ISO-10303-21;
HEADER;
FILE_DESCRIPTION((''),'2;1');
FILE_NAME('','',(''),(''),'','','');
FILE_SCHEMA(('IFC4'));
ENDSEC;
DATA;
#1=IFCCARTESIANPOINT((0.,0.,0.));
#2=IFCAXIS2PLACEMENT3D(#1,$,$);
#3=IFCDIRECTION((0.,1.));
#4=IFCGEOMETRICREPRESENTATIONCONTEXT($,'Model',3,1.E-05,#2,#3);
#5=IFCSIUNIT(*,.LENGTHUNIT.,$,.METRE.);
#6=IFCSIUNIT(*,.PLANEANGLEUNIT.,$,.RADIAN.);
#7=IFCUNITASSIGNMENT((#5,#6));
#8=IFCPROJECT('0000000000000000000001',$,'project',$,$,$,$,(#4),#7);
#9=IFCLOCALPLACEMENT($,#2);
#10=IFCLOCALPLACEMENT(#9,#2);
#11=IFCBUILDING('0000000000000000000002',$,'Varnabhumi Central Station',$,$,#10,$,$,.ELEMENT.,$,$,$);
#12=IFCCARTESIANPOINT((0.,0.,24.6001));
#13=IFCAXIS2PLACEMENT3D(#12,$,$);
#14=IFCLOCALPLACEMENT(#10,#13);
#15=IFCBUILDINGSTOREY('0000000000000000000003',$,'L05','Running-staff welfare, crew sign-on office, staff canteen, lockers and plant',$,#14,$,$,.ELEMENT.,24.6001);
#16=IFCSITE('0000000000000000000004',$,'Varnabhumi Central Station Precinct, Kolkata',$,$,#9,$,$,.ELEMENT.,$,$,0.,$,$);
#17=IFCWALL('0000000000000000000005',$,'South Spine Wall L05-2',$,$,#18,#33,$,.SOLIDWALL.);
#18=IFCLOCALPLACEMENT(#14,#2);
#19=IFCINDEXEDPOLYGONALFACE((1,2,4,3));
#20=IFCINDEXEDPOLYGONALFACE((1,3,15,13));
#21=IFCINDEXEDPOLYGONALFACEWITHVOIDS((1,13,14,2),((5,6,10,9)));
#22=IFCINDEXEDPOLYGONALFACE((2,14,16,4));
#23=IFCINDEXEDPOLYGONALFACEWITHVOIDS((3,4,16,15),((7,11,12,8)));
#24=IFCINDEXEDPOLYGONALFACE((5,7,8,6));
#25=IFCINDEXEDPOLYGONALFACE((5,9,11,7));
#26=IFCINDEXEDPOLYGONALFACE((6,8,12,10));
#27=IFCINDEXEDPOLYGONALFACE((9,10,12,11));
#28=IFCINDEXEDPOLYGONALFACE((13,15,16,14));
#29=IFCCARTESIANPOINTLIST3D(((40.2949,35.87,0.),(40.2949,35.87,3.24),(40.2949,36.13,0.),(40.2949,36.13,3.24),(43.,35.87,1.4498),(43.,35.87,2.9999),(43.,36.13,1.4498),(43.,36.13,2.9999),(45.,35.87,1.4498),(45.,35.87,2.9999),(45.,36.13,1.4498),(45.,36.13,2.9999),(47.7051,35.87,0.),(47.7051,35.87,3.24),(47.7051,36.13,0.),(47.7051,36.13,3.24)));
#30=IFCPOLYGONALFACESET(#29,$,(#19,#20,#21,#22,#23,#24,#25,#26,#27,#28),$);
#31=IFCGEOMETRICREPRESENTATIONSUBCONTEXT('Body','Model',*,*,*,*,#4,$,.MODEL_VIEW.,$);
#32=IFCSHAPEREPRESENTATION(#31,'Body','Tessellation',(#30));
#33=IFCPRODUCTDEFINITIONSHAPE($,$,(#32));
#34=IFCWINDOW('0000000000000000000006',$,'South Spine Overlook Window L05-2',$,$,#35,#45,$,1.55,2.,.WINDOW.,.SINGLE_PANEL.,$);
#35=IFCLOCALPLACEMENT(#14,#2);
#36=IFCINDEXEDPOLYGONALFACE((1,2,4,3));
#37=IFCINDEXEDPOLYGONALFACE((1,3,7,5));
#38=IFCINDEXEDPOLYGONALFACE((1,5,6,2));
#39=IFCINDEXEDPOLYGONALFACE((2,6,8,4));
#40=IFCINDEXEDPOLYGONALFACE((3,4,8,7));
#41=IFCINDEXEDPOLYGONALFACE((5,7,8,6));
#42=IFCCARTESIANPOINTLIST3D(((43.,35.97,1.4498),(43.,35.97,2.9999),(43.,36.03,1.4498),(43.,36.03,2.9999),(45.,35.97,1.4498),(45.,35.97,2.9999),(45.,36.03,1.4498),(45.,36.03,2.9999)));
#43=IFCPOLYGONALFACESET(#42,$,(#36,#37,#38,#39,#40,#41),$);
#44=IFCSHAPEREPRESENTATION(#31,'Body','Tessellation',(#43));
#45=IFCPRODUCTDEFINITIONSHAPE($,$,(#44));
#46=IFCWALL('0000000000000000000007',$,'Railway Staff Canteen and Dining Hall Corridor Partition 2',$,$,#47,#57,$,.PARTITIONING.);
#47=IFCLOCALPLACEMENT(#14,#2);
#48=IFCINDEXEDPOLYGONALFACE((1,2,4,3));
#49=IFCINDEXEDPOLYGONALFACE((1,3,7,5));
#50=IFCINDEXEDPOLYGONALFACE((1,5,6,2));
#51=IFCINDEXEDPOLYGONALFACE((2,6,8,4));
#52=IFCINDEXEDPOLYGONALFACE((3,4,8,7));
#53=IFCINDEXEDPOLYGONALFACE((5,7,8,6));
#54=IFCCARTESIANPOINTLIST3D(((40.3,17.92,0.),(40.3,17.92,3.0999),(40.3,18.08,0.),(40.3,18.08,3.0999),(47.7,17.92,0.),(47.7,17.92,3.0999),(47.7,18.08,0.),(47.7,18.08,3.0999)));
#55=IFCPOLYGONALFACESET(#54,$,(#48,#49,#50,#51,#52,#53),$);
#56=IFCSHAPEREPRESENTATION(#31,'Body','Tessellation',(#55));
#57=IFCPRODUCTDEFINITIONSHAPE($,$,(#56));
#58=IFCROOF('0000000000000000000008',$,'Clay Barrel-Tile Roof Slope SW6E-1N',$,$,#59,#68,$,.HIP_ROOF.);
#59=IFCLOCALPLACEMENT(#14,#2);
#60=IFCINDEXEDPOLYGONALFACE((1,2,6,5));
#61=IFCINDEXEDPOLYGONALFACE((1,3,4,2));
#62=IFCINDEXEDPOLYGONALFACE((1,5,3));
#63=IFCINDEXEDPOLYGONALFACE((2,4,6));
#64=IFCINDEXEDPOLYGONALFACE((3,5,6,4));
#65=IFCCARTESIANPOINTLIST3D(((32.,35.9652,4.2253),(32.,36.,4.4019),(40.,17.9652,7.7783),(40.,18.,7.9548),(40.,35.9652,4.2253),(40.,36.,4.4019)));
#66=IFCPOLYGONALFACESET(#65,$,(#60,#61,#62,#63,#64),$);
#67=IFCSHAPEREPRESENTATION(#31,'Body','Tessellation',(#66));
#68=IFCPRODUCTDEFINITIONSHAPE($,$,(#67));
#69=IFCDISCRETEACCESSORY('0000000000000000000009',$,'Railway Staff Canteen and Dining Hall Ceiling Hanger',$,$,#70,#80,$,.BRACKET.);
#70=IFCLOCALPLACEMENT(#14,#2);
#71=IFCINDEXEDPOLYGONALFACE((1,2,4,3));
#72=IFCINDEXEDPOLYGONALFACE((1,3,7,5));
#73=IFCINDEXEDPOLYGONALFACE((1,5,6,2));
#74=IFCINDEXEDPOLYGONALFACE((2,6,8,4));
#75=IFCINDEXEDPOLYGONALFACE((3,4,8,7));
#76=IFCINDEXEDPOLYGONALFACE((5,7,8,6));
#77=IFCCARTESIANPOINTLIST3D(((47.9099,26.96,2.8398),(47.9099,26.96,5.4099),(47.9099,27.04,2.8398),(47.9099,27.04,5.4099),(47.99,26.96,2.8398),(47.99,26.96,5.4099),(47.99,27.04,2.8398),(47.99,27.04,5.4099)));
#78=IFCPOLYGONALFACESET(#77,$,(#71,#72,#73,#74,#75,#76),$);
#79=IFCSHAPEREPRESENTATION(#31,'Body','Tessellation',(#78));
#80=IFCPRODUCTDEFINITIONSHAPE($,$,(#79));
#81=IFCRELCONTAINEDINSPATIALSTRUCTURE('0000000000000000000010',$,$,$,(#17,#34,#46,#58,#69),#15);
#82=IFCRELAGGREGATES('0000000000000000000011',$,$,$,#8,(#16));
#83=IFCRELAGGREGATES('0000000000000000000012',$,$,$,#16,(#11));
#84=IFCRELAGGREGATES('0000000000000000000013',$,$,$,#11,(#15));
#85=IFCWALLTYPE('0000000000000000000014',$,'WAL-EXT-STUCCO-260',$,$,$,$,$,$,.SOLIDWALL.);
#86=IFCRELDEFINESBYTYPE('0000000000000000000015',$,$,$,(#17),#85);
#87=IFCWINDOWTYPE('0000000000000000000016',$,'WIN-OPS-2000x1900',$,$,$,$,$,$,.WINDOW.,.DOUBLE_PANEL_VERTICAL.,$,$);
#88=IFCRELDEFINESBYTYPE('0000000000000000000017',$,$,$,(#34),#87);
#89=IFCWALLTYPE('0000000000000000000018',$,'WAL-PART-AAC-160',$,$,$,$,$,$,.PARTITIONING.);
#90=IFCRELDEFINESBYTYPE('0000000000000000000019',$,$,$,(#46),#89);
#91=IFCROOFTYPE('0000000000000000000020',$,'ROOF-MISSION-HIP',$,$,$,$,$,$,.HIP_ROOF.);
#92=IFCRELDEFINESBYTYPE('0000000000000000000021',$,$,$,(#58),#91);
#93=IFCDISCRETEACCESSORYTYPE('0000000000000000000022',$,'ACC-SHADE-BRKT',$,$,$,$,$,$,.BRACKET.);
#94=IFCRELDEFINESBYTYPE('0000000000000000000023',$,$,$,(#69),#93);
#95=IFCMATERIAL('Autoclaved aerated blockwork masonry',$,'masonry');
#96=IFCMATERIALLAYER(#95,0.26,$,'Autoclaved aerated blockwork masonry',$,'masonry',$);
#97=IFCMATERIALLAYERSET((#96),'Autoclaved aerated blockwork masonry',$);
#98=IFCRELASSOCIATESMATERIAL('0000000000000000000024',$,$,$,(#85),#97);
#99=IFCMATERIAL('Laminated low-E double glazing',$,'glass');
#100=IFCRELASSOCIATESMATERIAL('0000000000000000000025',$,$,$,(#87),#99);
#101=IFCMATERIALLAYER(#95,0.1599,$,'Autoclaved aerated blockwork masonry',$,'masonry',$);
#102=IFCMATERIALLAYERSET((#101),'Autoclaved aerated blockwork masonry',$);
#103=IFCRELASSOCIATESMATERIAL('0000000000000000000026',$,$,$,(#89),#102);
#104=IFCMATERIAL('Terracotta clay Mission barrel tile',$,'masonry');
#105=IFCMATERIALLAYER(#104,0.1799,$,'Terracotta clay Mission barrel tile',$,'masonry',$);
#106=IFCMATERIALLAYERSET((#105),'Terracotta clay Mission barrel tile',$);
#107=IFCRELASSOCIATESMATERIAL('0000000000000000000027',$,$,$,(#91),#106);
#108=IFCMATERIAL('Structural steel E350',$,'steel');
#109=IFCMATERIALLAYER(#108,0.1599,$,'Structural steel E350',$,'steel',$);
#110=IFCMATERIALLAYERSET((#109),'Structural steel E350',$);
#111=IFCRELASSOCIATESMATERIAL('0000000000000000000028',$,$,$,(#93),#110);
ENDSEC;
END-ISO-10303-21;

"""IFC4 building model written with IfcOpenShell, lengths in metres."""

from ifc_helpers import new_model, si_unit, direction, frame, frame_2d, origin, origin_2d, place, context, subcontext, project, spatial, polyline, rectangle, outline, extrude, material, layer, layer_set, type_object, element, fill, save


model = new_model("IFC4")

# Units and contexts
model_context = context("Model", 3, precision=1e-05, world=origin(), true_north=direction((0.0, 1.0)))
body_context = subcontext(model_context, "Body", "Model", "MODEL_VIEW")
ifc_project = project(units=[si_unit("LENGTHUNIT", "METRE"), si_unit("PLANEANGLEUNIT", "RADIAN")], contexts=[model_context])

# Site, building, storey
site_placement = place(None, origin())
site = spatial("IfcSite", under=ifc_project, at=site_placement, Name="Varnabhumi Central Station Precinct, Kolkata", CompositionType="ELEMENT", RefElevation=0.0)
building_placement = place(site_placement, origin())
building = spatial("IfcBuilding", under=site, at=building_placement, Name="Varnabhumi Central Station", CompositionType="ELEMENT")
storey_placement = place(building_placement, frame((0.0, 0.0, 24.6001)))
storey = spatial("IfcBuildingStorey", under=building, at=storey_placement, Name="L05", Description="Running-staff welfare, crew sign-on office, staff canteen, lockers and plant", CompositionType="ELEMENT", Elevation=24.6001)

# Shared definitions
ifc_material_1 = material(Name="Structural steel E350", Category="steel")

# Shared definitions
ifc_material_2 = material(Name="Laminated low-E double glazing", Category="glass")

# Wall, opening, window
ifc_material_3 = material(Name="Autoclaved aerated blockwork masonry", Category="masonry")
ifc_layer_1 = layer(ifc_material_3, 0.26, Name="Autoclaved aerated blockwork masonry", Category="masonry")
ifc_layer_set_1 = layer_set([ifc_layer_1], Name="Autoclaved aerated blockwork masonry")
wall_type_1 = type_object("IfcWallType", Name="WAL-EXT-STUCCO-260", PredefinedType="SOLIDWALL", material=ifc_layer_set_1)
wall_1_placement = place(storey_placement, frame((40.2949, 36.0, 0.0), z_axis=(0.0, 0.0, 1.0), x_axis=(1.0, 0.0, 0.0)))
wall_1 = element("IfcWall", 1, at=wall_1_placement, inside=storey, type_object=wall_type_1, Name="South Spine Wall L05-2", PredefinedType="SOLIDWALL", context=body_context, shape_type="SweptSolid", body=[
    extrude(rectangle(XDim=7.4102, YDim=0.26, at=frame_2d((3.7051, 0.0))), origin(), (0.0, 0.0, 1.0), 3.24),
])
opening_placement = place(wall_1_placement, frame((2.7051, 0.0, 1.45)))
opening = element("IfcOpeningElement", 2, at=opening_placement, cuts=wall_1, PredefinedType="OPENING", context=body_context, shape_type="SweptSolid", body=[
    extrude(rectangle(XDim=2.0, YDim=1.55, at=frame_2d((1.0, 0.7749))), frame((0.0, 0.1399, 0.0), z_axis=(0.0, -1.0, 0.0), x_axis=(1.0, 0.0, 0.0)), (0.0, 0.0, 1.0), 0.28),
])
window_type = type_object("IfcWindowType", Name="WIN-OPS-2000x1900", PartitioningType="DOUBLE_PANEL_VERTICAL", PredefinedType="WINDOW", material=ifc_material_2)
window_placement = place(opening_placement, origin())
window = element("IfcWindow", 3, at=window_placement, inside=storey, type_object=window_type, Name="South Spine Overlook Window L05-2", OverallHeight=1.55, OverallWidth=2.0, PartitioningType="SINGLE_PANEL", PredefinedType="WINDOW", context=body_context, shape_type="SweptSolid", body=[
    extrude(rectangle(XDim=2.0, YDim=1.55, at=frame_2d((1.0, 0.7749))), frame((0.0, 0.03, 0.0), z_axis=(0.0, -1.0, 0.0), x_axis=(1.0, 0.0, 0.0)), (0.0, 0.0, 1.0), 0.0601),
])
fill(opening, window)

# Wall
ifc_layer_2 = layer(ifc_material_3, 0.1599, Name="Autoclaved aerated blockwork masonry", Category="masonry")
ifc_layer_set_2 = layer_set([ifc_layer_2], Name="Autoclaved aerated blockwork masonry")
wall_type_2 = type_object("IfcWallType", Name="WAL-PART-AAC-160", PredefinedType="PARTITIONING", material=ifc_layer_set_2)
wall_2_placement = place(storey_placement, frame((40.3, 18.0, 0.0), z_axis=(0.0, 0.0, 1.0), x_axis=(1.0, 0.0, 0.0)))
element("IfcWall", 4, at=wall_2_placement, inside=storey, type_object=wall_type_2, Name="Railway Staff Canteen and Dining Hall Corridor Partition 2", PredefinedType="PARTITIONING", context=body_context, shape_type="SweptSolid", body=[
    extrude(rectangle(XDim=7.3999, YDim=0.1599, at=frame_2d((3.7, 0.0))), origin(), (0.0, 0.0, 1.0), 3.0999),
])

# Roof
ifc_material_4 = material(Name="Terracotta clay Mission barrel tile", Category="masonry")
ifc_layer_3 = layer(ifc_material_4, 0.1799, Name="Terracotta clay Mission barrel tile", Category="masonry")
ifc_layer_set_3 = layer_set([ifc_layer_3], Name="Terracotta clay Mission barrel tile")
roof_type = type_object("IfcRoofType", Name="ROOF-MISSION-HIP", PredefinedType="HIP_ROOF", material=ifc_layer_set_3)
roof_placement = place(storey_placement, frame((40.0, 36.0, 4.4019), z_axis=(0.0, 0.193651, 0.98107), x_axis=(-1.0, 0.0, 0.0)))
element("IfcRoof", 5, at=roof_placement, inside=storey, type_object=roof_type, Name="Clay Barrel-Tile Roof Slope SW6E-1N", PredefinedType="HIP_ROOF", context=body_context, shape_type="SweptSolid", body=[
    extrude(outline(polyline([(0.0, 0.0), (8.0, 0.0), (0.0, 18.3473), (0.0, 0.0)])), origin(), (0.0, 0.0, -1.0), 0.1799),
])

# Discrete accessory
ifc_layer_4 = layer(ifc_material_1, 0.1599, Name="Structural steel E350", Category="steel")
ifc_layer_set_4 = layer_set([ifc_layer_4], Name="Structural steel E350")
discrete_accessory_type = type_object("IfcDiscreteAccessoryType", Name="ACC-SHADE-BRKT", PredefinedType="BRACKET", material=ifc_layer_set_4)
discrete_accessory_placement = place(storey_placement, frame((47.95, 27.0, 2.8398), z_axis=(0.0, 0.0, 1.0), x_axis=(1.0, 0.0, 0.0)))
element("IfcDiscreteAccessory", 6, at=discrete_accessory_placement, inside=storey, type_object=discrete_accessory_type, Name="Railway Staff Canteen and Dining Hall Ceiling Hanger", PredefinedType="BRACKET", context=body_context, shape_type="SweptSolid", body=[
    extrude(rectangle(XDim=0.0801, YDim=0.0801, at=origin_2d()), origin(), (0.0, 0.0, 1.0), 2.5701),
])

save(model, "model.ifc")
